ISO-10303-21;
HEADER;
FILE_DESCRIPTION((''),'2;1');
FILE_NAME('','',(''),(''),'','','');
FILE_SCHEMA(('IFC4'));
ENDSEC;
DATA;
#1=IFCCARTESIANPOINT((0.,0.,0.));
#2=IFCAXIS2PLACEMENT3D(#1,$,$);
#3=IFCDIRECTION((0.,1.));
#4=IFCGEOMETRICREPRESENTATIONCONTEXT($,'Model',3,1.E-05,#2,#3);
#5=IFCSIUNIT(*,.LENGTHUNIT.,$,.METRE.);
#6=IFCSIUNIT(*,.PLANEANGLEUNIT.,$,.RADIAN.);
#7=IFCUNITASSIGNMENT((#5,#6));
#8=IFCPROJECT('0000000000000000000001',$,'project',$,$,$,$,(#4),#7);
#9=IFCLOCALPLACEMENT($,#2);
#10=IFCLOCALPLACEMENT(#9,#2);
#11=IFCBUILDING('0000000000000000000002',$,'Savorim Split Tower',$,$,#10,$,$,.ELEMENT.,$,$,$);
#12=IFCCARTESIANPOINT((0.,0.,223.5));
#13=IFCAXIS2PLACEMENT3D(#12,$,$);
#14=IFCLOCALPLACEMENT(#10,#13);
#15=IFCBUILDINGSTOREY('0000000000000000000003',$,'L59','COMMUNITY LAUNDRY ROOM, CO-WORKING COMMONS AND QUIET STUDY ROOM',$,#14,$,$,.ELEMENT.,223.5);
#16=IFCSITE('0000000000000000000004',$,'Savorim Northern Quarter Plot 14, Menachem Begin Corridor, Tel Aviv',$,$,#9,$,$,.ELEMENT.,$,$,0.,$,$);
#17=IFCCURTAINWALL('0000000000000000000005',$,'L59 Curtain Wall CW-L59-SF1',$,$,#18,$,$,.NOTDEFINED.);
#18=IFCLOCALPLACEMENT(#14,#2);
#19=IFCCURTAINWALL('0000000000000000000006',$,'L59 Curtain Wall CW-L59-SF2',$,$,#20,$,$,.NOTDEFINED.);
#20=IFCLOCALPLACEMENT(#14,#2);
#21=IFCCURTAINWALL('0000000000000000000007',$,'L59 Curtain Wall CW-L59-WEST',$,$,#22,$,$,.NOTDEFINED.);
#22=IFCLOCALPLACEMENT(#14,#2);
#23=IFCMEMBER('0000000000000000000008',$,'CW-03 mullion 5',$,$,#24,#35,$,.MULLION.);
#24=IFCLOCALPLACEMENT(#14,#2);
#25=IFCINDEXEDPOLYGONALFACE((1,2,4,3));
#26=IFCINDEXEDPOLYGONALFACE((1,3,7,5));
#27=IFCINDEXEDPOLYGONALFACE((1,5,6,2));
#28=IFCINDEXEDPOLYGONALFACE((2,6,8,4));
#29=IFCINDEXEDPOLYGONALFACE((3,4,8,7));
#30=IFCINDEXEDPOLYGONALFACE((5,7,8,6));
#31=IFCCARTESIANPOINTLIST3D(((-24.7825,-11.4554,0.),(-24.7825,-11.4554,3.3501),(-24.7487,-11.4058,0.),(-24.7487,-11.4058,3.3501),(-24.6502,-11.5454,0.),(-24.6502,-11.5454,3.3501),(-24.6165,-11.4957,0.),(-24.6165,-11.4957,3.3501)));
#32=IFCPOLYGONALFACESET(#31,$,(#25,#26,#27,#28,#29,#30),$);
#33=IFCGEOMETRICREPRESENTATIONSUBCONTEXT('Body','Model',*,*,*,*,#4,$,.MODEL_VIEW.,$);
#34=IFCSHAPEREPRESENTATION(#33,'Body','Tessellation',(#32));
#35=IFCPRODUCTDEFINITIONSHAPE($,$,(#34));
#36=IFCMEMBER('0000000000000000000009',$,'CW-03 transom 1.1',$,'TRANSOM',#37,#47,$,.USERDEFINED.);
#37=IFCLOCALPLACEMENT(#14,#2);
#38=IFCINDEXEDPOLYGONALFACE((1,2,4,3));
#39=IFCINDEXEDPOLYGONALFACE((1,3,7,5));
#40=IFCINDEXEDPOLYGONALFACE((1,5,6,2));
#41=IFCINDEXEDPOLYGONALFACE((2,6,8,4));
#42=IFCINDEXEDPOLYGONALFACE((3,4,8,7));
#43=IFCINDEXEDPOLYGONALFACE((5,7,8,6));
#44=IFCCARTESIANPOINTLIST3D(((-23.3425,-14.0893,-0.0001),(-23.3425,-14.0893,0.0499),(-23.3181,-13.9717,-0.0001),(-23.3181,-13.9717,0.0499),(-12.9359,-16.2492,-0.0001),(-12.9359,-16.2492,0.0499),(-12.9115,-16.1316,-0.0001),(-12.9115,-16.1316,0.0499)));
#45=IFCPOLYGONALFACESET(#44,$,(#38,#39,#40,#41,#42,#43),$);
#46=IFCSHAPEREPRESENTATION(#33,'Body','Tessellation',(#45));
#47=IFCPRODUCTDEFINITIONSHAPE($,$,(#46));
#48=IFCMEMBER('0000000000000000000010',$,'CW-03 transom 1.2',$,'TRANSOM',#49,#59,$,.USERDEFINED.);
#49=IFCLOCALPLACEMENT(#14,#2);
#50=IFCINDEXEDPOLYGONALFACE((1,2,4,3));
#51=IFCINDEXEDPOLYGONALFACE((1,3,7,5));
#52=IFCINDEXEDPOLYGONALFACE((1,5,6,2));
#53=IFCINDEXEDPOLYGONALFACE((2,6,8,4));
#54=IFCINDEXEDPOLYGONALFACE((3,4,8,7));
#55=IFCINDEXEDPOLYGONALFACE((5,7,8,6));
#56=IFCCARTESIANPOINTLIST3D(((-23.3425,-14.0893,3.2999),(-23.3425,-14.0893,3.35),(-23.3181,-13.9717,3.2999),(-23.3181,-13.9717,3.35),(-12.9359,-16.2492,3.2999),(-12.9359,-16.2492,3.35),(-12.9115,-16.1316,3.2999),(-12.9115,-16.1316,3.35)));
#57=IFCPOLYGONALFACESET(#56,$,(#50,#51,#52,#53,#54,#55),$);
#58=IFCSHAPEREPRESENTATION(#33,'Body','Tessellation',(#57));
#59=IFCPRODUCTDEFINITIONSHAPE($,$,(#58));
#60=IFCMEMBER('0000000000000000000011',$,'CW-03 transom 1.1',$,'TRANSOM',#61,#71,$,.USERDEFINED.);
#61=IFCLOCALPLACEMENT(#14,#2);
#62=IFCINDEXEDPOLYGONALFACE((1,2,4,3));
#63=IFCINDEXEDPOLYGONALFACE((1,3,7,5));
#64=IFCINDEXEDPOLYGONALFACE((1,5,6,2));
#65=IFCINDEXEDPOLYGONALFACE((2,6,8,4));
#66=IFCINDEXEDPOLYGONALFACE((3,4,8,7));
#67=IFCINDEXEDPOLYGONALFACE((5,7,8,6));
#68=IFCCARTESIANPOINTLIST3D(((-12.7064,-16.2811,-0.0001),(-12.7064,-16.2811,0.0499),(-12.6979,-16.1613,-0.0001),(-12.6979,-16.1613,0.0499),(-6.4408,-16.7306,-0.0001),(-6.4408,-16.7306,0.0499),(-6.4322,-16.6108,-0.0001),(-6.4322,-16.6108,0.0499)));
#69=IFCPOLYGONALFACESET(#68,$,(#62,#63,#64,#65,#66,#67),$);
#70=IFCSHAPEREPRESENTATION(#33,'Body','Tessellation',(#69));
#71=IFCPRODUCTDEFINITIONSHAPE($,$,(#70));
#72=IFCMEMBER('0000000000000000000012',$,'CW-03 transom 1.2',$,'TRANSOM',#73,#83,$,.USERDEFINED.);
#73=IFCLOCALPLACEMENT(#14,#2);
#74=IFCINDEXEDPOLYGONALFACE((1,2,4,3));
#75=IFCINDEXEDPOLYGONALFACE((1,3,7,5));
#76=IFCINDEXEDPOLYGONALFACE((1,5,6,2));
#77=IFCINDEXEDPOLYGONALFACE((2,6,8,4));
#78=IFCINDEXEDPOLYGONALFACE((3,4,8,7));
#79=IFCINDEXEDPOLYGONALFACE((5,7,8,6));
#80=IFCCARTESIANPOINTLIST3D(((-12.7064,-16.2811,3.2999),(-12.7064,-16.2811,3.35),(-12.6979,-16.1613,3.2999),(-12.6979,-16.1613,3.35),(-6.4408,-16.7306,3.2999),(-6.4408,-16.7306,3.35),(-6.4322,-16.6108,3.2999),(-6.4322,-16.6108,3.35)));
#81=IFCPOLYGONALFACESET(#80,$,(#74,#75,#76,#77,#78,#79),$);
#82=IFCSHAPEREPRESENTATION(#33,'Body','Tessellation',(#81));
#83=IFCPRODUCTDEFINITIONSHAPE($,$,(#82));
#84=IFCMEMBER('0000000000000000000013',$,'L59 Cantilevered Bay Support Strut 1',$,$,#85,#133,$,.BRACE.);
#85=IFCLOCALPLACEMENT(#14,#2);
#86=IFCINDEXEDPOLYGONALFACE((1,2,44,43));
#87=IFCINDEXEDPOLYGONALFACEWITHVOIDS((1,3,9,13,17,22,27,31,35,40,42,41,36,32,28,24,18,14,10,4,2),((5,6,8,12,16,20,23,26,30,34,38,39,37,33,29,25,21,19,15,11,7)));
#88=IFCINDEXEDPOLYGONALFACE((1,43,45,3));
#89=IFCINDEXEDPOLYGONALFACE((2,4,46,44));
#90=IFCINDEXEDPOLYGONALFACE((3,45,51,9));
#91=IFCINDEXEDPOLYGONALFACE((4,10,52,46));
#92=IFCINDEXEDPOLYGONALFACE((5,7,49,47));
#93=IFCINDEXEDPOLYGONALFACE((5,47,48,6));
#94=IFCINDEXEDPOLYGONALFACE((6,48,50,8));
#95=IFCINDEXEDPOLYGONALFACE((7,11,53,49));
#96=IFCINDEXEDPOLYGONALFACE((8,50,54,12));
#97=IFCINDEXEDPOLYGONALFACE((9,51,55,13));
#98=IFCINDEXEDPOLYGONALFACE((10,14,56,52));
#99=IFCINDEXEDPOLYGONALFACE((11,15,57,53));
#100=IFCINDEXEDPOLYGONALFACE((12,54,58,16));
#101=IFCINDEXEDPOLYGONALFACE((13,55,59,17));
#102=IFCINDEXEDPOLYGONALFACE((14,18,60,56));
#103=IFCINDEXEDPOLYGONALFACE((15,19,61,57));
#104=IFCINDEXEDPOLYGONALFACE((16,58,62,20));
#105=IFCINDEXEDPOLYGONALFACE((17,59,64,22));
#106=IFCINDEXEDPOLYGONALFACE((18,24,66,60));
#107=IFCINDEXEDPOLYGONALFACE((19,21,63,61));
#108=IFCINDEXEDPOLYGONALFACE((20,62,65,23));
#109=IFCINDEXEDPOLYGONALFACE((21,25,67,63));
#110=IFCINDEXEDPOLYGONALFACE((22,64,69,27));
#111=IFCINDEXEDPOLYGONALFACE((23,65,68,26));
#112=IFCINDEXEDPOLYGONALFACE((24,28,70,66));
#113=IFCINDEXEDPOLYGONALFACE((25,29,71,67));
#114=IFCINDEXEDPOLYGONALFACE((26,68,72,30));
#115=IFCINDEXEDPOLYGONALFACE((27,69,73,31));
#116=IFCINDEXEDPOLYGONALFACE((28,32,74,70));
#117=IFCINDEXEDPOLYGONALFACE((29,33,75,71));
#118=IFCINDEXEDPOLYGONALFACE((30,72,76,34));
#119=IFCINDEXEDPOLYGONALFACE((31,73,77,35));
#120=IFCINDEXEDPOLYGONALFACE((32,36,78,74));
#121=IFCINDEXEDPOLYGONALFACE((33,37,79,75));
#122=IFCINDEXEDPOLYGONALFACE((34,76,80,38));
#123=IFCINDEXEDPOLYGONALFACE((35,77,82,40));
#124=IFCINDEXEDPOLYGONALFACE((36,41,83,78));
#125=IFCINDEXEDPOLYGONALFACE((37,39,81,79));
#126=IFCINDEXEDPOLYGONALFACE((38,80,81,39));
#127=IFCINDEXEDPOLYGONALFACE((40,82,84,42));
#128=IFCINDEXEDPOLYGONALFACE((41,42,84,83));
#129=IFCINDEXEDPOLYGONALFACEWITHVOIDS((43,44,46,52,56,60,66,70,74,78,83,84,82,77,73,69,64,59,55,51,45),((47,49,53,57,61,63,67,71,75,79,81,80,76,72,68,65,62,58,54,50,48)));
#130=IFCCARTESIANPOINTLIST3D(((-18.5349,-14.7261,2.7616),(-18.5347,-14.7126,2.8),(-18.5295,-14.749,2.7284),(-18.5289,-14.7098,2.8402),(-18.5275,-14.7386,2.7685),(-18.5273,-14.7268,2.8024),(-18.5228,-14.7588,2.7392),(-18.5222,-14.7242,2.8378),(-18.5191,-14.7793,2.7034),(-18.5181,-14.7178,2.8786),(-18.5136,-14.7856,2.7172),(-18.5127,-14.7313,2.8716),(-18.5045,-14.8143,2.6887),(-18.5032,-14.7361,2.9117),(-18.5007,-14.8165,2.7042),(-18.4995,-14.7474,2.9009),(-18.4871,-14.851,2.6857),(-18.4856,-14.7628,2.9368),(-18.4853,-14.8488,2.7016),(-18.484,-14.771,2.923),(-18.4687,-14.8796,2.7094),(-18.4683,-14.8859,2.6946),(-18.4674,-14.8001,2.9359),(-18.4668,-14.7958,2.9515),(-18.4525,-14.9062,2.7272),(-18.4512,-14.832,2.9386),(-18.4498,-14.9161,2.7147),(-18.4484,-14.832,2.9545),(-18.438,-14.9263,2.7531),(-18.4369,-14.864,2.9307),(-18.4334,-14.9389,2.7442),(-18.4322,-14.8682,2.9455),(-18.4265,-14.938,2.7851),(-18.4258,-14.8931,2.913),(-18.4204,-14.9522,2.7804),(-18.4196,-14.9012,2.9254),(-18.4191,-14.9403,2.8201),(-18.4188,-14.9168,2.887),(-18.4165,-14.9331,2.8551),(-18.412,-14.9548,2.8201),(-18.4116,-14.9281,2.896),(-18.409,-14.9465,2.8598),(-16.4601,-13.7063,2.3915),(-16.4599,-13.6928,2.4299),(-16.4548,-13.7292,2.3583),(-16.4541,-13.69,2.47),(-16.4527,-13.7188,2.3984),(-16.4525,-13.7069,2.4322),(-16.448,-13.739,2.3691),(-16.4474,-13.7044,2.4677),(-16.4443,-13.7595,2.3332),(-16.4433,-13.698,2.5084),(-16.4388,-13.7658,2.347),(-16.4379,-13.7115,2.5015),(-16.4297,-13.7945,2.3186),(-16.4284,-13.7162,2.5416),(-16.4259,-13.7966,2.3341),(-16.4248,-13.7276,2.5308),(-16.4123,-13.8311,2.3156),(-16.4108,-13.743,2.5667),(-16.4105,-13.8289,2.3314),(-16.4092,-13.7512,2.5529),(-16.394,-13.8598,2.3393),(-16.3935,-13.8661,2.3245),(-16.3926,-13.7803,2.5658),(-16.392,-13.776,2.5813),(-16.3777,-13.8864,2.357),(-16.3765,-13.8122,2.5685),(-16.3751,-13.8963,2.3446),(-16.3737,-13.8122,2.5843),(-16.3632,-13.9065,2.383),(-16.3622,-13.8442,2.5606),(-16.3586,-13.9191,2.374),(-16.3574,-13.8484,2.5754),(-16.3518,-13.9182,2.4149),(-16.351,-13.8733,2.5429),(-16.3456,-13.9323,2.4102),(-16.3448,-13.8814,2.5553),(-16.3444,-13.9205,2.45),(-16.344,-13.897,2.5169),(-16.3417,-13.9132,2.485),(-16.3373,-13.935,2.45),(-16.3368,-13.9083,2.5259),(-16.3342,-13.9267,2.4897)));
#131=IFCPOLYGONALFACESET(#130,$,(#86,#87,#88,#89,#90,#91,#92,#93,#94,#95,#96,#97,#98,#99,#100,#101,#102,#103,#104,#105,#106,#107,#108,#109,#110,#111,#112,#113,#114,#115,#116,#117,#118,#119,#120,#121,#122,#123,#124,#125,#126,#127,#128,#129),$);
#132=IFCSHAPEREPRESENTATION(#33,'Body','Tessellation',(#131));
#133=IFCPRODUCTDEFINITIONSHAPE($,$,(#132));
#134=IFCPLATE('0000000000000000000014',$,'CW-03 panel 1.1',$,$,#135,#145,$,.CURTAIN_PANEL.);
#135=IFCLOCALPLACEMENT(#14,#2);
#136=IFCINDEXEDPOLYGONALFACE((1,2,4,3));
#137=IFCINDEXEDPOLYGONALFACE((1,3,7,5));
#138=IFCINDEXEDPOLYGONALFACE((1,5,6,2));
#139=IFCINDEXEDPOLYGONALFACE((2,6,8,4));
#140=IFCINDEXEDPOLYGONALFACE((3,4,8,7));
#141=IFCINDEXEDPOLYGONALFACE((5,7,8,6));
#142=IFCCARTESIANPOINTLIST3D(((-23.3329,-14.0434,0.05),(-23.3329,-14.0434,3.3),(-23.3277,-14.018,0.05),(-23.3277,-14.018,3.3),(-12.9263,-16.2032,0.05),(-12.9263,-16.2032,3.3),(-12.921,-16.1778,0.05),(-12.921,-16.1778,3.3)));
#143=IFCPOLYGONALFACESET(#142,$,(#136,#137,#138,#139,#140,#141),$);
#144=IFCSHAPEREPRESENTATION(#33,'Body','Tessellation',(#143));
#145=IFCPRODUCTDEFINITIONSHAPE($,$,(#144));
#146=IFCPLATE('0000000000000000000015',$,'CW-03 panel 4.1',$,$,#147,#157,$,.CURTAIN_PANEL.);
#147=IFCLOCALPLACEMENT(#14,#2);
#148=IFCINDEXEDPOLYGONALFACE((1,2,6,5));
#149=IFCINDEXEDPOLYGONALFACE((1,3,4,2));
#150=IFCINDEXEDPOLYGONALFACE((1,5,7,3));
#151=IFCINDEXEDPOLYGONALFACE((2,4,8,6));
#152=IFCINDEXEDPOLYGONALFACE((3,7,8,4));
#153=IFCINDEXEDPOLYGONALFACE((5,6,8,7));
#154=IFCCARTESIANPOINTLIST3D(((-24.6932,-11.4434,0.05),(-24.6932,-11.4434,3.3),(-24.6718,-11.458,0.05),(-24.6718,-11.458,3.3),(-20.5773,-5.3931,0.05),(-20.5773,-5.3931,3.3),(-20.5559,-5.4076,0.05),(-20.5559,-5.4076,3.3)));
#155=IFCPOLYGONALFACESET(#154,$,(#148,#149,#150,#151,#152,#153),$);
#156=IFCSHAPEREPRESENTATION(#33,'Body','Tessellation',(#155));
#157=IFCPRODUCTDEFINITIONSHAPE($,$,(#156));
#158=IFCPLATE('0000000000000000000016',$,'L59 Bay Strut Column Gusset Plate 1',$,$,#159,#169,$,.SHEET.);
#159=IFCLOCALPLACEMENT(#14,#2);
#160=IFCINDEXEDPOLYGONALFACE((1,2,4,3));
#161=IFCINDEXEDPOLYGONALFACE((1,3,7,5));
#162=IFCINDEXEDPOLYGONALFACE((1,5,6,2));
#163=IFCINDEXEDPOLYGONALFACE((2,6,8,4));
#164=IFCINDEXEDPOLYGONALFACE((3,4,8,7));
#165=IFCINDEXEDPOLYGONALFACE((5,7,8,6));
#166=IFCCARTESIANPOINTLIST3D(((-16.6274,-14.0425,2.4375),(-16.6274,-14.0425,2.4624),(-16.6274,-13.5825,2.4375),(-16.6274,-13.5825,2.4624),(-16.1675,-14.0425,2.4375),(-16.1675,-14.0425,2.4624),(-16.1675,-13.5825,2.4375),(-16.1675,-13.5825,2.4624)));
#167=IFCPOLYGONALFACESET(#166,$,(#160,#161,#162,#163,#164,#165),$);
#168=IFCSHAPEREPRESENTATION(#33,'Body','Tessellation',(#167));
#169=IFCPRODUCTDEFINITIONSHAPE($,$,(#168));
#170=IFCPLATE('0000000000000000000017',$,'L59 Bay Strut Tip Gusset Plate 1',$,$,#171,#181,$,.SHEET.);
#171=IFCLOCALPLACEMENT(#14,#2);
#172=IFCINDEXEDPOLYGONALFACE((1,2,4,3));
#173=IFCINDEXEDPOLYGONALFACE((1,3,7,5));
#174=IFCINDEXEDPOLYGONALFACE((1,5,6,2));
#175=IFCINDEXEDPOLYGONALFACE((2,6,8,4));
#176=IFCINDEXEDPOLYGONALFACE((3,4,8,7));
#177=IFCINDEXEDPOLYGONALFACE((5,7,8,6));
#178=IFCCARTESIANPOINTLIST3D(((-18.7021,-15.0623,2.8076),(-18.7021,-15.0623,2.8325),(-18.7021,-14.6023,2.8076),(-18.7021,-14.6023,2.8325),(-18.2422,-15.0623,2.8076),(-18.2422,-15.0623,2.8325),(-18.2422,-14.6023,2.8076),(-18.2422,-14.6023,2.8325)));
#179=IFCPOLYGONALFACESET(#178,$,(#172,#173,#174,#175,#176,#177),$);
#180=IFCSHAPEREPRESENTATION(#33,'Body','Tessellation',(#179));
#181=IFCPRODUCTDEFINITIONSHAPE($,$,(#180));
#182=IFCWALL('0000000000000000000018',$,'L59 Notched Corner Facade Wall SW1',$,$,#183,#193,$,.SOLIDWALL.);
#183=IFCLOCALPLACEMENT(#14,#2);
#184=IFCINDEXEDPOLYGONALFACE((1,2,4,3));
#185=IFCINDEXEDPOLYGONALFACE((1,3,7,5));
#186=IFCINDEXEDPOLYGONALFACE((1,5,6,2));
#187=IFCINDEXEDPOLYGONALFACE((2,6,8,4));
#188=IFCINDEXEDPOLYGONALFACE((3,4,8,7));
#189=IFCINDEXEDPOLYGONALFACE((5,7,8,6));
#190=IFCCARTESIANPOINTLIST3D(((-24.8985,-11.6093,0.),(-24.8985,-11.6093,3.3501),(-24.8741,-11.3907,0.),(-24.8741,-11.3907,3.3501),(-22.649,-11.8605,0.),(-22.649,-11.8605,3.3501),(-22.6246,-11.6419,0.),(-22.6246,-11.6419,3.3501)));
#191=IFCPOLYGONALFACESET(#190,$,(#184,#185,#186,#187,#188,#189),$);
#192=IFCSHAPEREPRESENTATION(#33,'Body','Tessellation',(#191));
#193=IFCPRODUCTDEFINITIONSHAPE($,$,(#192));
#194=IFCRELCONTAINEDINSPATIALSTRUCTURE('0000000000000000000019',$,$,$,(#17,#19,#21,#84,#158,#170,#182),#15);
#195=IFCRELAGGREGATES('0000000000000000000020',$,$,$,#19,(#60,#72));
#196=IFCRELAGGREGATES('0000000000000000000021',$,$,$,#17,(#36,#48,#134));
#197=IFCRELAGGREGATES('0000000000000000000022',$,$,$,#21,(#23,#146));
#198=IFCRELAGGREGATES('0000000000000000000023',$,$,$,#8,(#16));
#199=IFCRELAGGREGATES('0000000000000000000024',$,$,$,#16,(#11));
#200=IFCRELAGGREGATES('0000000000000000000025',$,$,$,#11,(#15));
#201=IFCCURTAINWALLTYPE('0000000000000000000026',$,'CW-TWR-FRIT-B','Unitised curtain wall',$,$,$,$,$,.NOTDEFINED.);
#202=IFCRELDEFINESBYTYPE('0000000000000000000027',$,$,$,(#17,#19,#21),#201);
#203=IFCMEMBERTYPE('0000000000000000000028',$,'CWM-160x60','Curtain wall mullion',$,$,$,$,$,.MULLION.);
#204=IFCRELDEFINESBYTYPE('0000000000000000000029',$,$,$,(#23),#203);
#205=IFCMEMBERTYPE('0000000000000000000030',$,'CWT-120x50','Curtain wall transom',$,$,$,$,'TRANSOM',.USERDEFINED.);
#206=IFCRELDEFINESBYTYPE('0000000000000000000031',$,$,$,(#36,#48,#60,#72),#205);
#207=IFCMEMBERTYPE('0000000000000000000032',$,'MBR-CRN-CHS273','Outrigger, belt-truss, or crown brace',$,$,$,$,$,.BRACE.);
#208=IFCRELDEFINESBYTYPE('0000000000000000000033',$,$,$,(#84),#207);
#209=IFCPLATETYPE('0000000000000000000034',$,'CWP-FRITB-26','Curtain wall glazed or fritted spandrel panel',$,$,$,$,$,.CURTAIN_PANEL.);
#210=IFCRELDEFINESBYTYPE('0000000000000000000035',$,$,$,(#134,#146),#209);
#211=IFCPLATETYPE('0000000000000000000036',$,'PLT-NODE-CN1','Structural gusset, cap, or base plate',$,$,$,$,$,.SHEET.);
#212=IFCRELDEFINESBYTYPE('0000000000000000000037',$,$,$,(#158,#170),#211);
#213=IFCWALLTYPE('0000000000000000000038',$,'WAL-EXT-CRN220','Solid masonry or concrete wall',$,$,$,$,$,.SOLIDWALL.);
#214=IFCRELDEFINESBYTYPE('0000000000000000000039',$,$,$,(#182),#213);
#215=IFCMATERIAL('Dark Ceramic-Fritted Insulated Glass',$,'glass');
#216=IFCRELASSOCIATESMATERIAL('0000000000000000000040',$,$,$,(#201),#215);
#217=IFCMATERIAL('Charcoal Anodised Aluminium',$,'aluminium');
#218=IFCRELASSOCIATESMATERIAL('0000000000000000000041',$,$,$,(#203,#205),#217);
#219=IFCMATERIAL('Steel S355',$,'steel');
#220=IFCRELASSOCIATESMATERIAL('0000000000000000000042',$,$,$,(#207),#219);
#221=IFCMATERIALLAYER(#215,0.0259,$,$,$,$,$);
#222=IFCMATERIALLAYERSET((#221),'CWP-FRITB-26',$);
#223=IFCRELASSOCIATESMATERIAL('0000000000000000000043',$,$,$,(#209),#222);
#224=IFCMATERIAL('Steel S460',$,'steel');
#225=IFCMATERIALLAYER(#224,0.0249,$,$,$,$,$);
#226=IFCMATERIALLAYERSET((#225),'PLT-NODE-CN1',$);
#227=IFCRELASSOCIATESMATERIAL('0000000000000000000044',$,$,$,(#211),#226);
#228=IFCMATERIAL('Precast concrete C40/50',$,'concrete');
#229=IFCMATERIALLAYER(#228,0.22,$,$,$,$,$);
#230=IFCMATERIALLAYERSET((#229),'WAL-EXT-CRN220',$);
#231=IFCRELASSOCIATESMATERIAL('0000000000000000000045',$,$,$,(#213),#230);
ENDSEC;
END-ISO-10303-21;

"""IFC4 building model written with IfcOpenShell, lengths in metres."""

from ifc_helpers import new_model, si_unit, direction, frame, frame_2d, origin, origin_2d, place, context, subcontext, project, spatial, rectangle, hollow_circle, extrude, material, layer, layer_set, material_profile, profile_set, type_object, element, aggregate, save


model = new_model("IFC4")

# Units and contexts
model_context = context("Model", 3, precision=1e-05, world=origin(), true_north=direction((0.0, 1.0)))
body_context = subcontext(model_context, "Body", "Model", "MODEL_VIEW")
ifc_project = project(units=[si_unit("LENGTHUNIT", "METRE"), si_unit("PLANEANGLEUNIT", "RADIAN")], contexts=[model_context])

# Site, building, storey
site_placement = place(None, origin())
site = spatial("IfcSite", under=ifc_project, at=site_placement, Name="Savorim Northern Quarter Plot 14, Menachem Begin Corridor, Tel Aviv", CompositionType="ELEMENT", RefElevation=0.0)
building_placement = place(site_placement, origin())
building = spatial("IfcBuilding", under=site, at=building_placement, Name="Savorim Split Tower", CompositionType="ELEMENT")
storey_placement = place(building_placement, frame((0.0, 0.0, 223.5)))
storey = spatial("IfcBuildingStorey", under=building, at=storey_placement, Name="L59", Description="COMMUNITY LAUNDRY ROOM, CO-WORKING COMMONS AND QUIET STUDY ROOM", CompositionType="ELEMENT", Elevation=223.5)

# Shared definitions
ifc_material_1 = material(Name="Steel S355", Category="steel")

# Curtain wall
ifc_material_2 = material(Name="Dark Ceramic-Fritted Insulated Glass", Category="glass")
curtain_wall_type = type_object("IfcCurtainWallType", Name="CW-TWR-FRIT-B", Description="Unitised curtain wall", PredefinedType="NOTDEFINED", material=ifc_material_2)
curtain_wall_1_placement = place(storey_placement, origin())
curtain_wall_1 = element("IfcCurtainWall", 1, at=curtain_wall_1_placement, inside=storey, type_object=curtain_wall_type, Name="L59 Curtain Wall CW-L59-SF1", PredefinedType="NOTDEFINED")
ifc_material_3 = material(Name="Charcoal Anodised Aluminium", Category="aluminium")
ifc_material_profile_1 = material_profile(ifc_material_3, rectangle(XDim=0.1599, YDim=0.0601, at=origin_2d()), Name="ALU-M 160x60")
ifc_profile_set_1 = profile_set([ifc_material_profile_1], Name="Charcoal Anodised Aluminium")
member_type_1 = type_object("IfcMemberType", Name="CWM-160x60", Description="Curtain wall mullion", PredefinedType="MULLION", material=ifc_profile_set_1)

# Curtain walls, member
curtain_wall_2_placement = place(storey_placement, origin())
curtain_wall_2 = element("IfcCurtainWall", 2, at=curtain_wall_2_placement, inside=storey, type_object=curtain_wall_type, Name="L59 Curtain Wall CW-L59-SF2", PredefinedType="NOTDEFINED")
curtain_wall_3_placement = place(storey_placement, origin())
curtain_wall_3 = element("IfcCurtainWall", 3, at=curtain_wall_3_placement, inside=storey, type_object=curtain_wall_type, Name="L59 Curtain Wall CW-L59-WEST", PredefinedType="NOTDEFINED")
member_1_placement = place(storey_placement, frame((-24.6995, -11.4756, 0.0), z_axis=(0.0, 0.0, 1.0), x_axis=(0.82682, -0.562467, 0.0)))
member_1 = element("IfcMember", 4, at=member_1_placement, type_object=member_type_1, Name="CW-03 mullion 5", PredefinedType="MULLION", context=body_context, shape_type="SweptSolid", body=[
    extrude(rectangle(XDim=0.1599, YDim=0.0601, at=origin_2d()), origin(), (0.0, 0.0, 1.0), 3.3501),
])

# Members
ifc_material_profile_2 = material_profile(ifc_material_3, rectangle(XDim=0.1201, YDim=0.05, at=origin_2d()), Name="ALU-T 120x50")
ifc_profile_set_2 = profile_set([ifc_material_profile_2], Name="Charcoal Anodised Aluminium")
member_type_2 = type_object("IfcMemberType", Name="CWT-120x50", Description="Curtain wall transom", ElementType="TRANSOM", PredefinedType="USERDEFINED", material=ifc_profile_set_2)
member_2_placement = place(storey_placement, frame((-23.3303, -14.0305, 0.0249), z_axis=(0.979133, -0.203219, 0.0), x_axis=(0.203219, 0.979133, 0.0)))
member_2 = element("IfcMember", 5, at=member_2_placement, type_object=member_type_2, Name="CW-03 transom 1.1", ObjectType="TRANSOM", PredefinedType="USERDEFINED", context=body_context, shape_type="SweptSolid", body=[
    extrude(rectangle(XDim=0.1201, YDim=0.05, at=origin_2d()), origin(), (0.0, 0.0, 1.0), 10.6284),
])
member_3_placement = place(storey_placement, frame((-23.3303, -14.0305, 3.325), z_axis=(0.979133, -0.203219, 0.0), x_axis=(0.203219, 0.979133, 0.0)))
member_3 = element("IfcMember", 6, at=member_3_placement, type_object=member_type_2, Name="CW-03 transom 1.2", ObjectType="TRANSOM", PredefinedType="USERDEFINED", context=body_context, shape_type="SweptSolid", body=[
    extrude(rectangle(XDim=0.1201, YDim=0.05, at=origin_2d()), origin(), (0.0, 0.0, 1.0), 10.6284),
])
member_4_placement = place(storey_placement, frame((-12.7021, -16.2212, 0.0249), z_axis=(0.997437, -0.071551, 0.0), x_axis=(0.071551, 0.997437, 0.0)))
member_4 = element("IfcMember", 7, at=member_4_placement, type_object=member_type_2, Name="CW-03 transom 1.1", ObjectType="TRANSOM", PredefinedType="USERDEFINED", context=body_context, shape_type="SweptSolid", body=[
    extrude(rectangle(XDim=0.1201, YDim=0.05, at=origin_2d()), origin(), (0.0, 0.0, 1.0), 6.2817),
])
member_5_placement = place(storey_placement, frame((-12.7021, -16.2212, 3.325), z_axis=(0.997437, -0.071551, 0.0), x_axis=(0.071551, 0.997437, 0.0)))
member_5 = element("IfcMember", 8, at=member_5_placement, type_object=member_type_2, Name="CW-03 transom 1.2", ObjectType="TRANSOM", PredefinedType="USERDEFINED", context=body_context, shape_type="SweptSolid", body=[
    extrude(rectangle(XDim=0.1201, YDim=0.05, at=origin_2d()), origin(), (0.0, 0.0, 1.0), 6.2817),
])
aggregate(curtain_wall_2, [member_4, member_5])
ifc_material_profile_3 = material_profile(ifc_material_1, hollow_circle(Radius=0.1365, WallThickness=0.0161, at=origin_2d()), Name="CHS 273x16")
ifc_profile_set_3 = profile_set([ifc_material_profile_3], Name="Steel S355")
member_type_3 = type_object("IfcMemberType", Name="MBR-CRN-CHS273", Description="Outrigger, belt-truss, or crown brace", PredefinedType="BRACE", material=ifc_profile_set_3)
member_6_placement = place(storey_placement, frame((-16.3975, -13.8125, 2.45), z_axis=(-0.886163, -0.435573, 0.158087), x_axis=(0.44112, -0.897448, 0.0)))
element("IfcMember", 9, at=member_6_placement, inside=storey, type_object=member_type_3, Name="L59 Cantilevered Bay Support Strut 1", PredefinedType="BRACE", context=body_context, shape_type="SweptSolid", body=[
    extrude(hollow_circle(Radius=0.1365, WallThickness=0.0161, at=origin_2d()), origin(), (0.0, 0.0, 1.0), 2.3413),
])

# Plates
ifc_layer_1 = layer(ifc_material_2, 0.0259)
ifc_layer_set_1 = layer_set([ifc_layer_1], Name="CWP-FRITB-26")
plate_type_1 = type_object("IfcPlateType", Name="CWP-FRITB-26", Description="Curtain wall glazed or fritted spandrel panel", PredefinedType="CURTAIN_PANEL", material=ifc_layer_set_1)
plate_1_placement = place(storey_placement, frame((-18.127, -15.1106, 0.05), z_axis=(0.0, 0.0, 1.0), x_axis=(0.979135, -0.203212, 0.0)))
plate_1 = element("IfcPlate", 10, at=plate_1_placement, type_object=plate_type_1, Name="CW-03 panel 1.1", PredefinedType="CURTAIN_PANEL", context=body_context, shape_type="SweptSolid", body=[
    extrude(rectangle(XDim=10.6284, YDim=0.0259, at=origin_2d()), origin(), (0.0, 0.0, 1.0), 3.25),
])
aggregate(curtain_wall_1, [member_2, member_3, plate_1])
plate_2_placement = place(storey_placement, frame((-22.6245, -8.4255, 0.05), z_axis=(0.0, 0.0, 1.0), x_axis=(-0.562467, -0.82682, 0.0)))
plate_2 = element("IfcPlate", 11, at=plate_2_placement, type_object=plate_type_1, Name="CW-03 panel 4.1", PredefinedType="CURTAIN_PANEL", context=body_context, shape_type="SweptSolid", body=[
    extrude(rectangle(XDim=7.3176, YDim=0.0259, at=origin_2d()), origin(), (0.0, 0.0, 1.0), 3.25),
])
aggregate(curtain_wall_3, [member_1, plate_2])

# Plates
ifc_material_4 = material(Name="Steel S460", Category="steel")
ifc_layer_2 = layer(ifc_material_4, 0.0249)
ifc_layer_set_2 = layer_set([ifc_layer_2], Name="PLT-NODE-CN1")
plate_type_2 = type_object("IfcPlateType", Name="PLT-NODE-CN1", Description="Structural gusset, cap, or base plate", PredefinedType="SHEET", material=ifc_layer_set_2)
for number, where, z_axis, x_axis, name in (
    (12, (-16.3975, -13.8125, 2.4375), (0.0, 0.0, 1.0), (1.0, 0.0, 0.0), "L59 Bay Strut Column Gusset Plate 1"),
    (13, (-18.4722, -14.8323, 2.8076), (0.0, 0.0, 1.0), (1.0, 0.0, 0.0), "L59 Bay Strut Tip Gusset Plate 1"),
):
    element("IfcPlate", number, at=place(storey_placement, frame(where, z_axis=z_axis, x_axis=x_axis)), inside=storey, type_object=plate_type_2, Name=name, PredefinedType="SHEET", context=body_context, shape_type="SweptSolid", body=[
        extrude(rectangle(XDim=0.46, YDim=0.46, at=origin_2d()), origin(), (0.0, 0.0, 1.0), 0.0249),
    ])

# Wall
ifc_material_5 = material(Name="Precast concrete C40/50", Category="concrete")
ifc_layer_3 = layer(ifc_material_5, 0.22)
ifc_layer_set_3 = layer_set([ifc_layer_3], Name="WAL-EXT-CRN220")
wall_type = type_object("IfcWallType", Name="WAL-EXT-CRN220", Description="Solid masonry or concrete wall", PredefinedType="SOLIDWALL", material=ifc_layer_set_3)
wall_1_placement = place(storey_placement, frame((-22.6367, -11.7512, 0.0), z_axis=(0.0, 0.0, 1.0), x_axis=(-0.993822, 0.110988, 0.0)))
element("IfcWall", 14, at=wall_1_placement, inside=storey, type_object=wall_type, Name="L59 Notched Corner Facade Wall SW1", PredefinedType="SOLIDWALL", context=body_context, shape_type="SweptSolid", body=[
    extrude(rectangle(XDim=2.2634, YDim=0.22, at=frame_2d((1.1318, 0.0))), origin(), (0.0, 0.0, 1.0), 3.3501),
])

save(model, "model.ifc")
